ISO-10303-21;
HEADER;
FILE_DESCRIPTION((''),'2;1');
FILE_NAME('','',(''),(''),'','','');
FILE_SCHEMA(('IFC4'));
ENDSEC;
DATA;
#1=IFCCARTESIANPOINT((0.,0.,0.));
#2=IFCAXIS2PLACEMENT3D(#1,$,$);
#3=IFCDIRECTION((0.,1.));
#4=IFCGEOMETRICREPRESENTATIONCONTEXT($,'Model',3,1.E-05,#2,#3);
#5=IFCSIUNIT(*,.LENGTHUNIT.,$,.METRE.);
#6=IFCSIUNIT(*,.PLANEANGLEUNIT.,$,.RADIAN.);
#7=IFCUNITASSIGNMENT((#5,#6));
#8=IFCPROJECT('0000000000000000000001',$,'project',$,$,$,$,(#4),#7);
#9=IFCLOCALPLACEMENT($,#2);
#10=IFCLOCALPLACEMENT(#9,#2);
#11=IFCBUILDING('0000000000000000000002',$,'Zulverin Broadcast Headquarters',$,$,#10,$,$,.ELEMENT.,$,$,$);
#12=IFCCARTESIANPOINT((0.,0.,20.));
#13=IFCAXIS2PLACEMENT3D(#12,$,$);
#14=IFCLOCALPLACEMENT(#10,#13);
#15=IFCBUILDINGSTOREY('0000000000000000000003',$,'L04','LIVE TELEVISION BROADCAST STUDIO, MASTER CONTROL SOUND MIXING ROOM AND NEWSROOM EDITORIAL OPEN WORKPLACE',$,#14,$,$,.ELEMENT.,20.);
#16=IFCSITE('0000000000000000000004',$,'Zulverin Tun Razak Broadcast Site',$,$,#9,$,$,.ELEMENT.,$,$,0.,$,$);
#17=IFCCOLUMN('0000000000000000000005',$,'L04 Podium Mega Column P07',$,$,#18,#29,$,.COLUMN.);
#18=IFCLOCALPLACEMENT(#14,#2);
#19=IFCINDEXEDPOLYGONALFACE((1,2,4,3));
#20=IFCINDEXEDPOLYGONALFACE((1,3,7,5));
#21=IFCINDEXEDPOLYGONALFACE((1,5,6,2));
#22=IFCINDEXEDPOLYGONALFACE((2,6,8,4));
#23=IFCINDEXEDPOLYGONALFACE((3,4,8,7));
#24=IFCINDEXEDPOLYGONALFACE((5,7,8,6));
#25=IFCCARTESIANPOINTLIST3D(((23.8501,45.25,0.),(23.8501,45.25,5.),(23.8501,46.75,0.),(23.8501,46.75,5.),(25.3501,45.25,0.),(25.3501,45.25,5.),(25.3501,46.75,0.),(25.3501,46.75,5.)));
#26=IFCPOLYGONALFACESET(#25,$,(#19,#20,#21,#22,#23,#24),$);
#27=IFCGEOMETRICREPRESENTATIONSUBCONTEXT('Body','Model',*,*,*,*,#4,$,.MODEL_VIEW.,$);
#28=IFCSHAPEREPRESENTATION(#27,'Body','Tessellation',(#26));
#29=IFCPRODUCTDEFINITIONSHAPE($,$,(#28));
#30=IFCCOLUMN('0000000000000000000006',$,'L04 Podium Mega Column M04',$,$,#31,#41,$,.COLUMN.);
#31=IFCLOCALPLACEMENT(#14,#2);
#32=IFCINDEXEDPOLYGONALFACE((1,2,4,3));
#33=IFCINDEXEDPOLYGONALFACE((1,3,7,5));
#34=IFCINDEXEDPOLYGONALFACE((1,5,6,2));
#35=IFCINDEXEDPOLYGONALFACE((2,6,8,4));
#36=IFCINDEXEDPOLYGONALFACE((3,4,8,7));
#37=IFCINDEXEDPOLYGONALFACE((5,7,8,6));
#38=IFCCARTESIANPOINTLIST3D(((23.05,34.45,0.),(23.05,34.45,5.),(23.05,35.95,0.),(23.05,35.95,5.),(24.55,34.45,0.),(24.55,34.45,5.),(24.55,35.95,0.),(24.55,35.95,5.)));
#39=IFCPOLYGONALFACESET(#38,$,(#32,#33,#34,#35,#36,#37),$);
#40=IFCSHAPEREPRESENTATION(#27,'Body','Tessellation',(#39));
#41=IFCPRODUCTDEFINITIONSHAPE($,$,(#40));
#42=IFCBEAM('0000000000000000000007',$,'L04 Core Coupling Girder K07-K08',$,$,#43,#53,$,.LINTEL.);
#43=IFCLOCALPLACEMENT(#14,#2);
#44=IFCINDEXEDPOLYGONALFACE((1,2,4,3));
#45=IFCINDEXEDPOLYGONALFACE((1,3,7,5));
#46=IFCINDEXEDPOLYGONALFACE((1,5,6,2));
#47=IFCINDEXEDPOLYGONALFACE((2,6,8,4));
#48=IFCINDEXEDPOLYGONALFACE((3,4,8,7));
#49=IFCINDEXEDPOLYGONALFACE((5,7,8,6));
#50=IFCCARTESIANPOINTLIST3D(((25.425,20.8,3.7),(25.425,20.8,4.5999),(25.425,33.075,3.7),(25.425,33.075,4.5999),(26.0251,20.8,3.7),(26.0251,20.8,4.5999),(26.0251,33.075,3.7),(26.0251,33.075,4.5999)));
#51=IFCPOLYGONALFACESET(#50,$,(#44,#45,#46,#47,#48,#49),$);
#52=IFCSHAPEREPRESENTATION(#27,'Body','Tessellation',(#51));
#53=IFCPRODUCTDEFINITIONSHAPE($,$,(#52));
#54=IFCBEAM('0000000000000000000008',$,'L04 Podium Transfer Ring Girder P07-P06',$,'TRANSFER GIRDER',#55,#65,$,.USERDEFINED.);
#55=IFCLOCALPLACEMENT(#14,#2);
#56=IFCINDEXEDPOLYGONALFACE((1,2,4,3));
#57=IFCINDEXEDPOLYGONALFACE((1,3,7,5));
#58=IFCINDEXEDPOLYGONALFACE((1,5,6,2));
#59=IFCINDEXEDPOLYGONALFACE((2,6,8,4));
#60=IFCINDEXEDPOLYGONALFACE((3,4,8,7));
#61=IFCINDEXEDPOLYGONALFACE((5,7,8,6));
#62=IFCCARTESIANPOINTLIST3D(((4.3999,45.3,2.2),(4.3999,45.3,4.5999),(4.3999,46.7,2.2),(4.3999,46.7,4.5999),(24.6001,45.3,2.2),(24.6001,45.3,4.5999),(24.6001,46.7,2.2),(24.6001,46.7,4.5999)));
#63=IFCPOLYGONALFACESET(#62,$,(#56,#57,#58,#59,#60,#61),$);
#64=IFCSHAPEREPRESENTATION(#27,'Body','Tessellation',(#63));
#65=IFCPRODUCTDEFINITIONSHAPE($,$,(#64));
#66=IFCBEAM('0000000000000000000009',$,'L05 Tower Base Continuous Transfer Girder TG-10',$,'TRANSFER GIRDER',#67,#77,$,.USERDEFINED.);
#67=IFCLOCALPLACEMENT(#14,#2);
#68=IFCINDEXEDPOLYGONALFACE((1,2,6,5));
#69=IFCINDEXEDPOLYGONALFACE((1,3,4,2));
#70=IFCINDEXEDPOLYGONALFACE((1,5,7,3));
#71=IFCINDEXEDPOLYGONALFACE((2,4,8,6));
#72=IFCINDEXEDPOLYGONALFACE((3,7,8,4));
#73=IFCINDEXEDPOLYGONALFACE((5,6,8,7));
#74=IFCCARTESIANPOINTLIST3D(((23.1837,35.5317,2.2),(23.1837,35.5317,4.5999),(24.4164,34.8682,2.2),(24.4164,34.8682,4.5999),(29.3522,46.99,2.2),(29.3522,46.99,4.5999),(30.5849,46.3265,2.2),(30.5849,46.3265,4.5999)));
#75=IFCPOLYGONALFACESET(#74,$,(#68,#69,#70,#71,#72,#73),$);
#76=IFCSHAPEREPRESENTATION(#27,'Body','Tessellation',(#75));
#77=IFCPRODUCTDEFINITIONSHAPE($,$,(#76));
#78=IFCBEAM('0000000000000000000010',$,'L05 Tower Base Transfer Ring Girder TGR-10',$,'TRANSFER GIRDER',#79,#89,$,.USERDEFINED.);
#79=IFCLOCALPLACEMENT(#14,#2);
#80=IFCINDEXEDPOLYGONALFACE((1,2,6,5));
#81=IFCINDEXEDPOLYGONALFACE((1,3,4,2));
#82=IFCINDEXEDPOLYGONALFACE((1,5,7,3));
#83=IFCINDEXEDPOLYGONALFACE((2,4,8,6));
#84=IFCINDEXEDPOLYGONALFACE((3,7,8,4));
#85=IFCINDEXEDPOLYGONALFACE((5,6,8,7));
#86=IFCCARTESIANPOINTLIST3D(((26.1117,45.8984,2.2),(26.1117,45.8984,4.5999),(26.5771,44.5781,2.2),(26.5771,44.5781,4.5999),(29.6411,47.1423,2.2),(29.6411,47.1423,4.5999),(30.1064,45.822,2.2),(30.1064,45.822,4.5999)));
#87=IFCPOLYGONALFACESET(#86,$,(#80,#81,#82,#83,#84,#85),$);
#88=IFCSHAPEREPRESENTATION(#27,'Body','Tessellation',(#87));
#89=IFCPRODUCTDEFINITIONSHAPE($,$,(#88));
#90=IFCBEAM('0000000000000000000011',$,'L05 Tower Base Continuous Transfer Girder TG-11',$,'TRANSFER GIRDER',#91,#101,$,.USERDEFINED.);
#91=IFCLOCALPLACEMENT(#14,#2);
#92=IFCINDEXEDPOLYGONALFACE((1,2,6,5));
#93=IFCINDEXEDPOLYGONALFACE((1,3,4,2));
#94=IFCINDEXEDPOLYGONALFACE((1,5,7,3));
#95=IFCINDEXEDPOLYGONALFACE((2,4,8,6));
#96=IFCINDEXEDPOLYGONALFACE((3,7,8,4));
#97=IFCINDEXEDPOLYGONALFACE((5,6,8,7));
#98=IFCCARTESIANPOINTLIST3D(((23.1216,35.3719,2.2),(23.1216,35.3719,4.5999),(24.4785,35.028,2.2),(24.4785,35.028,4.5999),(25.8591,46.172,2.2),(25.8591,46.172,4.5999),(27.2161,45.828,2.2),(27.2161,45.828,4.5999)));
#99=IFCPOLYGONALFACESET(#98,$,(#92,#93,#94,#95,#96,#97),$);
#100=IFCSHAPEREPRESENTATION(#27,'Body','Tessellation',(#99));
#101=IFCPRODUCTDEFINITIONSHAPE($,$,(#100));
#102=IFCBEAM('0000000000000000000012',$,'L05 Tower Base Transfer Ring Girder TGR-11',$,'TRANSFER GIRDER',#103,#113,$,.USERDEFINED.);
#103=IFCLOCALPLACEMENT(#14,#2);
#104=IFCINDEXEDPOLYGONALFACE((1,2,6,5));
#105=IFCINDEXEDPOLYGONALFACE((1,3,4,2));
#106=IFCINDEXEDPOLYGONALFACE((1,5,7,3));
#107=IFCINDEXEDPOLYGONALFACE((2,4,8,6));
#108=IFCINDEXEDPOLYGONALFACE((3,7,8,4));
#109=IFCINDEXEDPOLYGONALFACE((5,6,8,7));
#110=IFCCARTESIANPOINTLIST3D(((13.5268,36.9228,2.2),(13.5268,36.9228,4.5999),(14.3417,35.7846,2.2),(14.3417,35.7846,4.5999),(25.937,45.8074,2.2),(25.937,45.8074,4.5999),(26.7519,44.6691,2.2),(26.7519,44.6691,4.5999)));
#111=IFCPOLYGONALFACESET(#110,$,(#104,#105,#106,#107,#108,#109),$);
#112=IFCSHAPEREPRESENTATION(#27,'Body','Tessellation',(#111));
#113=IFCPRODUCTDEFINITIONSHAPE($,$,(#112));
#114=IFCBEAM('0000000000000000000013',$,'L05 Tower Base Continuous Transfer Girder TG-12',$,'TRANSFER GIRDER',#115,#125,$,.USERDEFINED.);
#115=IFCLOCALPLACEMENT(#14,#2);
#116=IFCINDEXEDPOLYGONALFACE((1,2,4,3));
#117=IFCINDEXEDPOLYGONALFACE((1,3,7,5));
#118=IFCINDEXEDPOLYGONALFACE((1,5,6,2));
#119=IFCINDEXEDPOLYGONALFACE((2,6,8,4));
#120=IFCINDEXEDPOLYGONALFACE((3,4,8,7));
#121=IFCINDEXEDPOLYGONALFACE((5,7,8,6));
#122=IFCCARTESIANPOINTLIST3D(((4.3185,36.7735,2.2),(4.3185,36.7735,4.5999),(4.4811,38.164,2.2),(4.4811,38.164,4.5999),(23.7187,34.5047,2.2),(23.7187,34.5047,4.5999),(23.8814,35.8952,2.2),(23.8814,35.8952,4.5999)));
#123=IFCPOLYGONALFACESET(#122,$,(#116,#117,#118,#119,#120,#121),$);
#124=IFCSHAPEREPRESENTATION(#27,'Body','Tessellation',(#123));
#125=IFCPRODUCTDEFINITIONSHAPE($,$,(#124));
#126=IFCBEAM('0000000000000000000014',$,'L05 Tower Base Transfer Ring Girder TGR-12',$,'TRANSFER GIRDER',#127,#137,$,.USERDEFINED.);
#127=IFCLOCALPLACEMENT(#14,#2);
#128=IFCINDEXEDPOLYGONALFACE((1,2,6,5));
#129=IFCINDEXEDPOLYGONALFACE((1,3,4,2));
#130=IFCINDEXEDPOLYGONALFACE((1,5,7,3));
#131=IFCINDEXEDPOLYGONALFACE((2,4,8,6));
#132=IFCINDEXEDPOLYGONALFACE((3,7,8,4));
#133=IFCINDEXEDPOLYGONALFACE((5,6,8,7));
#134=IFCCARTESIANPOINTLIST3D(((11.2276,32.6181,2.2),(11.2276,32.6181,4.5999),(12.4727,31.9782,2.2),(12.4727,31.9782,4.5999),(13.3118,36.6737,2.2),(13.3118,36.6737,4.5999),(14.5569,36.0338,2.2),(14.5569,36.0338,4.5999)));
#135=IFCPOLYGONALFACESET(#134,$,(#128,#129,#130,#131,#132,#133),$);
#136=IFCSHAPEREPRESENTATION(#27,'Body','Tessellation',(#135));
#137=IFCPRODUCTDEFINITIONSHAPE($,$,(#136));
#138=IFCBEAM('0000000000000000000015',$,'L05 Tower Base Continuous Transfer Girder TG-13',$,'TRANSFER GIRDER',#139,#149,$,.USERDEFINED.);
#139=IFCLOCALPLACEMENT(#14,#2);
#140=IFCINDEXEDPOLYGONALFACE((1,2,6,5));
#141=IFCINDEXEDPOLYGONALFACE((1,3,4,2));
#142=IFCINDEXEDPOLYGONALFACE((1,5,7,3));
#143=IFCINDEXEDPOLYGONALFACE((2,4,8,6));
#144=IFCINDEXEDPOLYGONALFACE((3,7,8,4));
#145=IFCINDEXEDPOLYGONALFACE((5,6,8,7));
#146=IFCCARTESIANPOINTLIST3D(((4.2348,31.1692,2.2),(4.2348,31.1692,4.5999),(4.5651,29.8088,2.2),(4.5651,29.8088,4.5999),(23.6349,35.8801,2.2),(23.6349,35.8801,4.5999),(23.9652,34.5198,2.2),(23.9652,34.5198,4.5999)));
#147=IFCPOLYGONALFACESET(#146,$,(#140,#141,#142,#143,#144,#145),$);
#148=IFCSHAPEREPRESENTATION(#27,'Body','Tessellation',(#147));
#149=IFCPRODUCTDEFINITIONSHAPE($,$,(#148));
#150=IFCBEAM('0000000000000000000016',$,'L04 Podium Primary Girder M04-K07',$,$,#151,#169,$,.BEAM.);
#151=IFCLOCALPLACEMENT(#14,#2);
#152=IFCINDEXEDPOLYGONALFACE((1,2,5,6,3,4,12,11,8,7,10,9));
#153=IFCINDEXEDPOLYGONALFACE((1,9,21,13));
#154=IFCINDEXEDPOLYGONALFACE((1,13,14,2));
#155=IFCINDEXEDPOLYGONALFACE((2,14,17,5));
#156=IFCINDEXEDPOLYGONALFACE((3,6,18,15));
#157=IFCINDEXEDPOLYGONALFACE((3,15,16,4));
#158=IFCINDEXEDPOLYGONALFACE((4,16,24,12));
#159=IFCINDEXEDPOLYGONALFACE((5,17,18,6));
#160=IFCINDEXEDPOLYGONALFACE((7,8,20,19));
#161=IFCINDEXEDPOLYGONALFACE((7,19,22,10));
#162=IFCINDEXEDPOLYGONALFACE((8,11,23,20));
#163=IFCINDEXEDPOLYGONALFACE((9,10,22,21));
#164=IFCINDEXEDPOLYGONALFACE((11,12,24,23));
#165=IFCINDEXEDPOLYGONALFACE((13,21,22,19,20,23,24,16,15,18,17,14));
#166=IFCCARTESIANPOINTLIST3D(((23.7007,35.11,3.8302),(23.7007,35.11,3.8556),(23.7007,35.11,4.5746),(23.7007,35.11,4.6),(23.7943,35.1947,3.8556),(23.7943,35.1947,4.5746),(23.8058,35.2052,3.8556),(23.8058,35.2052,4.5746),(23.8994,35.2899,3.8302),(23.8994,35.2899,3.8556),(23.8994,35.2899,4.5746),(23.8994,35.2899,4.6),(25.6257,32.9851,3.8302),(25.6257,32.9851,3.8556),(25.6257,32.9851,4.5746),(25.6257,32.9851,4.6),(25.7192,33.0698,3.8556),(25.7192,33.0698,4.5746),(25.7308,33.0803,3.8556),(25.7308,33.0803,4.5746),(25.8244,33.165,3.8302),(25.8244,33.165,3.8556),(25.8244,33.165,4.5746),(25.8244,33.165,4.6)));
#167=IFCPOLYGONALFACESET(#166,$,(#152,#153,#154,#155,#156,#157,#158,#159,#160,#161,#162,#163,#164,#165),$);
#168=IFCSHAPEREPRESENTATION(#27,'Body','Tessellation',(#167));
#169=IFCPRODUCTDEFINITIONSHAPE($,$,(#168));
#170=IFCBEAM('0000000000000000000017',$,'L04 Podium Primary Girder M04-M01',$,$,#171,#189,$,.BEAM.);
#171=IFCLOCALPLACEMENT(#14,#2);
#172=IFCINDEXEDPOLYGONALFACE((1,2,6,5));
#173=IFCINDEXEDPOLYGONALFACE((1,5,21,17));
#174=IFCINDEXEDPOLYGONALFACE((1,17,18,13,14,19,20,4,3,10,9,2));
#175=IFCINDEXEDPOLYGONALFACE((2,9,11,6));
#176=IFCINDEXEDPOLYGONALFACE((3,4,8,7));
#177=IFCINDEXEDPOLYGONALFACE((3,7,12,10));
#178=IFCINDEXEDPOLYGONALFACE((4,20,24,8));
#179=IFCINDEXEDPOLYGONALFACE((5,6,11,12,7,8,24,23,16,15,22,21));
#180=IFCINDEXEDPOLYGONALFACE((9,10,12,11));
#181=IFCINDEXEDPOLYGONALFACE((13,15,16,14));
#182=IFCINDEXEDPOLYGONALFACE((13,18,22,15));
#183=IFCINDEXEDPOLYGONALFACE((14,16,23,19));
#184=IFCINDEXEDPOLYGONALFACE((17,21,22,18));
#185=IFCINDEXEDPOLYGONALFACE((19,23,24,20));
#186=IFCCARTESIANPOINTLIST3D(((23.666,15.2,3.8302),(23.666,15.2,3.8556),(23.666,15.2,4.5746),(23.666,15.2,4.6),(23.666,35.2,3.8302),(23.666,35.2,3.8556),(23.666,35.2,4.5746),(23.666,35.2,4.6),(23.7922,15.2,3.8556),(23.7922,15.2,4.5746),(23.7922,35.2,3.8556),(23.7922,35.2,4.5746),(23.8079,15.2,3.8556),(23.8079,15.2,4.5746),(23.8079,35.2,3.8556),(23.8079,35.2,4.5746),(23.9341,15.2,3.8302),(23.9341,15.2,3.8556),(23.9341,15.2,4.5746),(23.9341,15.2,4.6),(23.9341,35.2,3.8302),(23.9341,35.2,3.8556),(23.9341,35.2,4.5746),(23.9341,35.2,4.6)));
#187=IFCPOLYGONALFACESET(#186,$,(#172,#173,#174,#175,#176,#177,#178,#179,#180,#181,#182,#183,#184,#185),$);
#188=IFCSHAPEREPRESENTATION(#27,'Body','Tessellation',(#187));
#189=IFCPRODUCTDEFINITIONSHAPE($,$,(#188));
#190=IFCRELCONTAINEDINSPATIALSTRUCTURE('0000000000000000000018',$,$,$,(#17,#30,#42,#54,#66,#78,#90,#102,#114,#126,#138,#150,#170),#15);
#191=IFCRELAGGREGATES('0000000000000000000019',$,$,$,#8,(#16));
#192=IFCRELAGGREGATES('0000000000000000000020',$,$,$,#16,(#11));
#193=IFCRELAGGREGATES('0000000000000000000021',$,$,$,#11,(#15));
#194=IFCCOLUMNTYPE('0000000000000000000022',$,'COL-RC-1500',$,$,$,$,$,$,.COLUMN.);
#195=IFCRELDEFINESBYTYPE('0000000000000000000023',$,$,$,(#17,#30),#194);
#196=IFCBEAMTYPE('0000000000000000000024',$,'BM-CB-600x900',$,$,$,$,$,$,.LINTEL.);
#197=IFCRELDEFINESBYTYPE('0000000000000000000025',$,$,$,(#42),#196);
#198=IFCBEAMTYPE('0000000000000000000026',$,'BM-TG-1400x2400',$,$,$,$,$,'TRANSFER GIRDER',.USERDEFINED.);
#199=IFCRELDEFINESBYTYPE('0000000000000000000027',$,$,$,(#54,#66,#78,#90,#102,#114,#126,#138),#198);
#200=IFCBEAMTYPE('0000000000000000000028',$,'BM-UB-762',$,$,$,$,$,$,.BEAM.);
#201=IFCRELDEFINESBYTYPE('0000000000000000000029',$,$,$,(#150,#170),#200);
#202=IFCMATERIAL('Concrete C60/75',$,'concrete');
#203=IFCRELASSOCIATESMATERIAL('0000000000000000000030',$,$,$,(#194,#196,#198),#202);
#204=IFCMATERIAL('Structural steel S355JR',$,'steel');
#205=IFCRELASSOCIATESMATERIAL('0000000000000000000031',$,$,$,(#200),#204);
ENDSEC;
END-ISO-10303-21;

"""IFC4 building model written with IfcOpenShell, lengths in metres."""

from ifc_helpers import new_model, si_unit, direction, frame, origin, origin_2d, place, context, subcontext, project, spatial, rectangle, i_section, extrude, material, material_profile, profile_set, type_object, element, save


model = new_model("IFC4")

# Units and contexts
model_context = context("Model", 3, precision=1e-05, world=origin(), true_north=direction((0.0, 1.0)))
body_context = subcontext(model_context, "Body", "Model", "MODEL_VIEW")
ifc_project = project(units=[si_unit("LENGTHUNIT", "METRE"), si_unit("PLANEANGLEUNIT", "RADIAN")], contexts=[model_context])

# Site, building, storey
site_placement = place(None, origin())
site = spatial("IfcSite", under=ifc_project, at=site_placement, Name="Zulverin Tun Razak Broadcast Site", CompositionType="ELEMENT", RefElevation=0.0)
building_placement = place(site_placement, origin())
building = spatial("IfcBuilding", under=site, at=building_placement, Name="Zulverin Broadcast Headquarters", CompositionType="ELEMENT")
storey_placement = place(building_placement, frame((0.0, 0.0, 20.0)))
storey = spatial("IfcBuildingStorey", under=building, at=storey_placement, Name="L04", Description="LIVE TELEVISION BROADCAST STUDIO, MASTER CONTROL SOUND MIXING ROOM AND NEWSROOM EDITORIAL OPEN WORKPLACE", CompositionType="ELEMENT", Elevation=20.0)

# Columns
ifc_material_1 = material(Name="Concrete C60/75", Category="concrete")
ifc_material_profile_1 = material_profile(ifc_material_1, rectangle(XDim=1.5, YDim=1.5, at=origin_2d()), Name="Concrete C60/75", Category="concrete")
ifc_profile_set_1 = profile_set([ifc_material_profile_1], Name="Concrete C60/75")
column_type = type_object("IfcColumnType", Name="COL-RC-1500", PredefinedType="COLUMN", material=ifc_profile_set_1)
for number, where, z_axis, x_axis, name in (
    (1, (24.6001, 46.0, 0.0), (0.0, 0.0, 1.0), (1.0, 0.0, 0.0), "L04 Podium Mega Column P07"),
    (2, (23.8, 35.2, 0.0), (0.0, 0.0, 1.0), (1.0, 0.0, 0.0), "L04 Podium Mega Column M04"),
):
    element("IfcColumn", number, at=place(storey_placement, frame(where, z_axis=z_axis, x_axis=x_axis)), inside=storey, type_object=column_type, Name=name, PredefinedType="COLUMN", context=body_context, shape_type="SweptSolid", body=[
        extrude(rectangle(XDim=1.5, YDim=1.5, at=origin_2d()), origin(), (0.0, 0.0, 1.0), 5.0),
    ])

# Beams
ifc_material_profile_2 = material_profile(ifc_material_1, rectangle(XDim=0.6001, YDim=0.8999, at=origin_2d()), Name="Concrete C60/75", Category="concrete")
ifc_profile_set_2 = profile_set([ifc_material_profile_2], Name="Concrete C60/75")
beam_type_1 = type_object("IfcBeamType", Name="BM-CB-600x900", PredefinedType="LINTEL", material=ifc_profile_set_2)
beam_1_placement = place(storey_placement, frame((25.7251, 33.075, 4.1499), z_axis=(0.0, -1.0, 0.0), x_axis=(1.0, 0.0, 0.0)))
element("IfcBeam", 3, at=beam_1_placement, inside=storey, type_object=beam_type_1, Name="L04 Core Coupling Girder K07-K08", PredefinedType="LINTEL", context=body_context, shape_type="SweptSolid", body=[
    extrude(rectangle(XDim=0.6001, YDim=0.8999, at=origin_2d()), origin(), (0.0, 0.0, 1.0), 12.2749),
])
ifc_material_profile_3 = material_profile(ifc_material_1, rectangle(XDim=1.3999, YDim=2.3999, at=origin_2d()), Name="Concrete C60/75", Category="concrete")
ifc_profile_set_3 = profile_set([ifc_material_profile_3], Name="Concrete C60/75")
beam_type_2 = type_object("IfcBeamType", Name="BM-TG-1400x2400", ElementType="TRANSFER GIRDER", PredefinedType="USERDEFINED", material=ifc_profile_set_3)
beam_2_placement = place(storey_placement, frame((24.6001, 46.0, 3.3999), z_axis=(-1.0, 0.0, 0.0), x_axis=(0.0, -1.0, 0.0)))
element("IfcBeam", 4, at=beam_2_placement, inside=storey, type_object=beam_type_2, Name="L04 Podium Transfer Ring Girder P07-P06", ObjectType="TRANSFER GIRDER", PredefinedType="USERDEFINED", context=body_context, shape_type="SweptSolid", body=[
    extrude(rectangle(XDim=1.3999, YDim=2.3999, at=origin_2d()), origin(), (0.0, 0.0, 1.0), 20.2002),
])
beam_3_placement = place(storey_placement, frame((23.8, 35.2, 3.3999), z_axis=(0.474018, 0.880515, 0.0), x_axis=(-0.880515, 0.474018, 0.0)))
element("IfcBeam", 5, at=beam_3_placement, inside=storey, type_object=beam_type_2, Name="L05 Tower Base Continuous Transfer Girder TG-10", ObjectType="TRANSFER GIRDER", PredefinedType="USERDEFINED", context=body_context, shape_type="SweptSolid", body=[
    extrude(rectangle(XDim=1.3999, YDim=2.3999, at=origin_2d()), origin(), (0.0, 0.0, 1.0), 13.0132),
])
beam_4_placement = place(storey_placement, frame((29.8738, 46.4822, 3.3999), z_axis=(-0.943136, -0.332407, 0.0), x_axis=(0.332407, -0.943136, 0.0)))
element("IfcBeam", 6, at=beam_4_placement, inside=storey, type_object=beam_type_2, Name="L05 Tower Base Transfer Ring Girder TGR-10", ObjectType="TRANSFER GIRDER", PredefinedType="USERDEFINED", context=body_context, shape_type="SweptSolid", body=[
    extrude(rectangle(XDim=1.3999, YDim=2.3999, at=origin_2d()), origin(), (0.0, 0.0, 1.0), 3.7422),
])
beam_5_placement = place(storey_placement, frame((23.8, 35.2, 3.3999), z_axis=(0.245705, 0.969345, 0.0), x_axis=(-0.969345, 0.245705, 0.0)))
element("IfcBeam", 7, at=beam_5_placement, inside=storey, type_object=beam_type_2, Name="L05 Tower Base Continuous Transfer Girder TG-11", ObjectType="TRANSFER GIRDER", PredefinedType="USERDEFINED", context=body_context, shape_type="SweptSolid", body=[
    extrude(rectangle(XDim=1.3999, YDim=2.3999, at=origin_2d()), origin(), (0.0, 0.0, 1.0), 11.1416),
])
beam_6_placement = place(storey_placement, frame((26.3445, 45.2383, 3.3999), z_axis=(-0.813109, -0.582111, 0.0), x_axis=(0.582111, -0.813109, 0.0)))
element("IfcBeam", 8, at=beam_6_placement, inside=storey, type_object=beam_type_2, Name="L05 Tower Base Transfer Ring Girder TGR-11", ObjectType="TRANSFER GIRDER", PredefinedType="USERDEFINED", context=body_context, shape_type="SweptSolid", body=[
    extrude(rectangle(XDim=1.3999, YDim=2.3999, at=origin_2d()), origin(), (0.0, 0.0, 1.0), 15.2627),
])
beam_7_placement = place(storey_placement, frame((23.8, 35.2, 3.3999), z_axis=(-0.993231, 0.116156, 0.0), x_axis=(-0.116156, -0.993231, 0.0)))
element("IfcBeam", 9, at=beam_7_placement, inside=storey, type_object=beam_type_2, Name="L05 Tower Base Continuous Transfer Girder TG-12", ObjectType="TRANSFER GIRDER", PredefinedType="USERDEFINED", context=body_context, shape_type="SweptSolid", body=[
    extrude(rectangle(XDim=1.3999, YDim=2.3999, at=origin_2d()), origin(), (0.0, 0.0, 1.0), 19.5325),
])
beam_8_placement = place(storey_placement, frame((13.9343, 36.3538, 3.3999), z_axis=(-0.457081, -0.889425, 0.0), x_axis=(0.889425, -0.457081, 0.0)))
element("IfcBeam", 10, at=beam_8_placement, inside=storey, type_object=beam_type_2, Name="L05 Tower Base Transfer Ring Girder TGR-12", ObjectType="TRANSFER GIRDER", PredefinedType="USERDEFINED", context=body_context, shape_type="SweptSolid", body=[
    extrude(rectangle(XDim=1.3999, YDim=2.3999, at=origin_2d()), origin(), (0.0, 0.0, 1.0), 4.5598),
])
beam_9_placement = place(storey_placement, frame((23.8, 35.2, 3.3999), z_axis=(-0.97176, -0.235972, 0.0), x_axis=(0.235972, -0.97176, 0.0)))
element("IfcBeam", 11, at=beam_9_placement, inside=storey, type_object=beam_type_2, Name="L05 Tower Base Continuous Transfer Girder TG-13", ObjectType="TRANSFER GIRDER", PredefinedType="USERDEFINED", context=body_context, shape_type="SweptSolid", body=[
    extrude(rectangle(XDim=1.3999, YDim=2.3999, at=origin_2d()), origin(), (0.0, 0.0, 1.0), 19.9639),
])
ifc_material_2 = material(Name="Structural steel S355JR", Category="steel")
ifc_material_profile_4 = material_profile(ifc_material_2, i_section(OverallWidth=0.2681, OverallDepth=0.7698, WebThickness=0.0156, FlangeThickness=0.0254, at=origin_2d()), Name="Structural steel S355JR", Category="steel")
ifc_profile_set_4 = profile_set([ifc_material_profile_4], Name="Structural steel S355JR")
beam_type_3 = type_object("IfcBeamType", Name="BM-UB-762", PredefinedType="BEAM", material=ifc_profile_set_4)
beam_10_placement = place(storey_placement, frame((23.8, 35.2, 4.2151), z_axis=(0.671379, -0.741114, 0.0), x_axis=(0.741114, 0.671379, 0.0)))
element("IfcBeam", 12, at=beam_10_placement, inside=storey, type_object=beam_type_3, Name="L04 Podium Primary Girder M04-K07", PredefinedType="BEAM", context=body_context, shape_type="SweptSolid", body=[
    extrude(i_section(OverallWidth=0.2681, OverallDepth=0.7698, WebThickness=0.0156, FlangeThickness=0.0254, at=origin_2d()), origin(), (0.0, 0.0, 1.0), 2.8672),
])
beam_11_placement = place(storey_placement, frame((23.8, 35.2, 4.2151), z_axis=(0.0, -1.0, 0.0), x_axis=(1.0, 0.0, 0.0)))
element("IfcBeam", 13, at=beam_11_placement, inside=storey, type_object=beam_type_3, Name="L04 Podium Primary Girder M04-M01", PredefinedType="BEAM", context=body_context, shape_type="SweptSolid", body=[
    extrude(i_section(OverallWidth=0.2681, OverallDepth=0.7698, WebThickness=0.0156, FlangeThickness=0.0254, at=origin_2d()), origin(), (0.0, 0.0, 1.0), 20.0),
])

save(model, "model.ifc")
